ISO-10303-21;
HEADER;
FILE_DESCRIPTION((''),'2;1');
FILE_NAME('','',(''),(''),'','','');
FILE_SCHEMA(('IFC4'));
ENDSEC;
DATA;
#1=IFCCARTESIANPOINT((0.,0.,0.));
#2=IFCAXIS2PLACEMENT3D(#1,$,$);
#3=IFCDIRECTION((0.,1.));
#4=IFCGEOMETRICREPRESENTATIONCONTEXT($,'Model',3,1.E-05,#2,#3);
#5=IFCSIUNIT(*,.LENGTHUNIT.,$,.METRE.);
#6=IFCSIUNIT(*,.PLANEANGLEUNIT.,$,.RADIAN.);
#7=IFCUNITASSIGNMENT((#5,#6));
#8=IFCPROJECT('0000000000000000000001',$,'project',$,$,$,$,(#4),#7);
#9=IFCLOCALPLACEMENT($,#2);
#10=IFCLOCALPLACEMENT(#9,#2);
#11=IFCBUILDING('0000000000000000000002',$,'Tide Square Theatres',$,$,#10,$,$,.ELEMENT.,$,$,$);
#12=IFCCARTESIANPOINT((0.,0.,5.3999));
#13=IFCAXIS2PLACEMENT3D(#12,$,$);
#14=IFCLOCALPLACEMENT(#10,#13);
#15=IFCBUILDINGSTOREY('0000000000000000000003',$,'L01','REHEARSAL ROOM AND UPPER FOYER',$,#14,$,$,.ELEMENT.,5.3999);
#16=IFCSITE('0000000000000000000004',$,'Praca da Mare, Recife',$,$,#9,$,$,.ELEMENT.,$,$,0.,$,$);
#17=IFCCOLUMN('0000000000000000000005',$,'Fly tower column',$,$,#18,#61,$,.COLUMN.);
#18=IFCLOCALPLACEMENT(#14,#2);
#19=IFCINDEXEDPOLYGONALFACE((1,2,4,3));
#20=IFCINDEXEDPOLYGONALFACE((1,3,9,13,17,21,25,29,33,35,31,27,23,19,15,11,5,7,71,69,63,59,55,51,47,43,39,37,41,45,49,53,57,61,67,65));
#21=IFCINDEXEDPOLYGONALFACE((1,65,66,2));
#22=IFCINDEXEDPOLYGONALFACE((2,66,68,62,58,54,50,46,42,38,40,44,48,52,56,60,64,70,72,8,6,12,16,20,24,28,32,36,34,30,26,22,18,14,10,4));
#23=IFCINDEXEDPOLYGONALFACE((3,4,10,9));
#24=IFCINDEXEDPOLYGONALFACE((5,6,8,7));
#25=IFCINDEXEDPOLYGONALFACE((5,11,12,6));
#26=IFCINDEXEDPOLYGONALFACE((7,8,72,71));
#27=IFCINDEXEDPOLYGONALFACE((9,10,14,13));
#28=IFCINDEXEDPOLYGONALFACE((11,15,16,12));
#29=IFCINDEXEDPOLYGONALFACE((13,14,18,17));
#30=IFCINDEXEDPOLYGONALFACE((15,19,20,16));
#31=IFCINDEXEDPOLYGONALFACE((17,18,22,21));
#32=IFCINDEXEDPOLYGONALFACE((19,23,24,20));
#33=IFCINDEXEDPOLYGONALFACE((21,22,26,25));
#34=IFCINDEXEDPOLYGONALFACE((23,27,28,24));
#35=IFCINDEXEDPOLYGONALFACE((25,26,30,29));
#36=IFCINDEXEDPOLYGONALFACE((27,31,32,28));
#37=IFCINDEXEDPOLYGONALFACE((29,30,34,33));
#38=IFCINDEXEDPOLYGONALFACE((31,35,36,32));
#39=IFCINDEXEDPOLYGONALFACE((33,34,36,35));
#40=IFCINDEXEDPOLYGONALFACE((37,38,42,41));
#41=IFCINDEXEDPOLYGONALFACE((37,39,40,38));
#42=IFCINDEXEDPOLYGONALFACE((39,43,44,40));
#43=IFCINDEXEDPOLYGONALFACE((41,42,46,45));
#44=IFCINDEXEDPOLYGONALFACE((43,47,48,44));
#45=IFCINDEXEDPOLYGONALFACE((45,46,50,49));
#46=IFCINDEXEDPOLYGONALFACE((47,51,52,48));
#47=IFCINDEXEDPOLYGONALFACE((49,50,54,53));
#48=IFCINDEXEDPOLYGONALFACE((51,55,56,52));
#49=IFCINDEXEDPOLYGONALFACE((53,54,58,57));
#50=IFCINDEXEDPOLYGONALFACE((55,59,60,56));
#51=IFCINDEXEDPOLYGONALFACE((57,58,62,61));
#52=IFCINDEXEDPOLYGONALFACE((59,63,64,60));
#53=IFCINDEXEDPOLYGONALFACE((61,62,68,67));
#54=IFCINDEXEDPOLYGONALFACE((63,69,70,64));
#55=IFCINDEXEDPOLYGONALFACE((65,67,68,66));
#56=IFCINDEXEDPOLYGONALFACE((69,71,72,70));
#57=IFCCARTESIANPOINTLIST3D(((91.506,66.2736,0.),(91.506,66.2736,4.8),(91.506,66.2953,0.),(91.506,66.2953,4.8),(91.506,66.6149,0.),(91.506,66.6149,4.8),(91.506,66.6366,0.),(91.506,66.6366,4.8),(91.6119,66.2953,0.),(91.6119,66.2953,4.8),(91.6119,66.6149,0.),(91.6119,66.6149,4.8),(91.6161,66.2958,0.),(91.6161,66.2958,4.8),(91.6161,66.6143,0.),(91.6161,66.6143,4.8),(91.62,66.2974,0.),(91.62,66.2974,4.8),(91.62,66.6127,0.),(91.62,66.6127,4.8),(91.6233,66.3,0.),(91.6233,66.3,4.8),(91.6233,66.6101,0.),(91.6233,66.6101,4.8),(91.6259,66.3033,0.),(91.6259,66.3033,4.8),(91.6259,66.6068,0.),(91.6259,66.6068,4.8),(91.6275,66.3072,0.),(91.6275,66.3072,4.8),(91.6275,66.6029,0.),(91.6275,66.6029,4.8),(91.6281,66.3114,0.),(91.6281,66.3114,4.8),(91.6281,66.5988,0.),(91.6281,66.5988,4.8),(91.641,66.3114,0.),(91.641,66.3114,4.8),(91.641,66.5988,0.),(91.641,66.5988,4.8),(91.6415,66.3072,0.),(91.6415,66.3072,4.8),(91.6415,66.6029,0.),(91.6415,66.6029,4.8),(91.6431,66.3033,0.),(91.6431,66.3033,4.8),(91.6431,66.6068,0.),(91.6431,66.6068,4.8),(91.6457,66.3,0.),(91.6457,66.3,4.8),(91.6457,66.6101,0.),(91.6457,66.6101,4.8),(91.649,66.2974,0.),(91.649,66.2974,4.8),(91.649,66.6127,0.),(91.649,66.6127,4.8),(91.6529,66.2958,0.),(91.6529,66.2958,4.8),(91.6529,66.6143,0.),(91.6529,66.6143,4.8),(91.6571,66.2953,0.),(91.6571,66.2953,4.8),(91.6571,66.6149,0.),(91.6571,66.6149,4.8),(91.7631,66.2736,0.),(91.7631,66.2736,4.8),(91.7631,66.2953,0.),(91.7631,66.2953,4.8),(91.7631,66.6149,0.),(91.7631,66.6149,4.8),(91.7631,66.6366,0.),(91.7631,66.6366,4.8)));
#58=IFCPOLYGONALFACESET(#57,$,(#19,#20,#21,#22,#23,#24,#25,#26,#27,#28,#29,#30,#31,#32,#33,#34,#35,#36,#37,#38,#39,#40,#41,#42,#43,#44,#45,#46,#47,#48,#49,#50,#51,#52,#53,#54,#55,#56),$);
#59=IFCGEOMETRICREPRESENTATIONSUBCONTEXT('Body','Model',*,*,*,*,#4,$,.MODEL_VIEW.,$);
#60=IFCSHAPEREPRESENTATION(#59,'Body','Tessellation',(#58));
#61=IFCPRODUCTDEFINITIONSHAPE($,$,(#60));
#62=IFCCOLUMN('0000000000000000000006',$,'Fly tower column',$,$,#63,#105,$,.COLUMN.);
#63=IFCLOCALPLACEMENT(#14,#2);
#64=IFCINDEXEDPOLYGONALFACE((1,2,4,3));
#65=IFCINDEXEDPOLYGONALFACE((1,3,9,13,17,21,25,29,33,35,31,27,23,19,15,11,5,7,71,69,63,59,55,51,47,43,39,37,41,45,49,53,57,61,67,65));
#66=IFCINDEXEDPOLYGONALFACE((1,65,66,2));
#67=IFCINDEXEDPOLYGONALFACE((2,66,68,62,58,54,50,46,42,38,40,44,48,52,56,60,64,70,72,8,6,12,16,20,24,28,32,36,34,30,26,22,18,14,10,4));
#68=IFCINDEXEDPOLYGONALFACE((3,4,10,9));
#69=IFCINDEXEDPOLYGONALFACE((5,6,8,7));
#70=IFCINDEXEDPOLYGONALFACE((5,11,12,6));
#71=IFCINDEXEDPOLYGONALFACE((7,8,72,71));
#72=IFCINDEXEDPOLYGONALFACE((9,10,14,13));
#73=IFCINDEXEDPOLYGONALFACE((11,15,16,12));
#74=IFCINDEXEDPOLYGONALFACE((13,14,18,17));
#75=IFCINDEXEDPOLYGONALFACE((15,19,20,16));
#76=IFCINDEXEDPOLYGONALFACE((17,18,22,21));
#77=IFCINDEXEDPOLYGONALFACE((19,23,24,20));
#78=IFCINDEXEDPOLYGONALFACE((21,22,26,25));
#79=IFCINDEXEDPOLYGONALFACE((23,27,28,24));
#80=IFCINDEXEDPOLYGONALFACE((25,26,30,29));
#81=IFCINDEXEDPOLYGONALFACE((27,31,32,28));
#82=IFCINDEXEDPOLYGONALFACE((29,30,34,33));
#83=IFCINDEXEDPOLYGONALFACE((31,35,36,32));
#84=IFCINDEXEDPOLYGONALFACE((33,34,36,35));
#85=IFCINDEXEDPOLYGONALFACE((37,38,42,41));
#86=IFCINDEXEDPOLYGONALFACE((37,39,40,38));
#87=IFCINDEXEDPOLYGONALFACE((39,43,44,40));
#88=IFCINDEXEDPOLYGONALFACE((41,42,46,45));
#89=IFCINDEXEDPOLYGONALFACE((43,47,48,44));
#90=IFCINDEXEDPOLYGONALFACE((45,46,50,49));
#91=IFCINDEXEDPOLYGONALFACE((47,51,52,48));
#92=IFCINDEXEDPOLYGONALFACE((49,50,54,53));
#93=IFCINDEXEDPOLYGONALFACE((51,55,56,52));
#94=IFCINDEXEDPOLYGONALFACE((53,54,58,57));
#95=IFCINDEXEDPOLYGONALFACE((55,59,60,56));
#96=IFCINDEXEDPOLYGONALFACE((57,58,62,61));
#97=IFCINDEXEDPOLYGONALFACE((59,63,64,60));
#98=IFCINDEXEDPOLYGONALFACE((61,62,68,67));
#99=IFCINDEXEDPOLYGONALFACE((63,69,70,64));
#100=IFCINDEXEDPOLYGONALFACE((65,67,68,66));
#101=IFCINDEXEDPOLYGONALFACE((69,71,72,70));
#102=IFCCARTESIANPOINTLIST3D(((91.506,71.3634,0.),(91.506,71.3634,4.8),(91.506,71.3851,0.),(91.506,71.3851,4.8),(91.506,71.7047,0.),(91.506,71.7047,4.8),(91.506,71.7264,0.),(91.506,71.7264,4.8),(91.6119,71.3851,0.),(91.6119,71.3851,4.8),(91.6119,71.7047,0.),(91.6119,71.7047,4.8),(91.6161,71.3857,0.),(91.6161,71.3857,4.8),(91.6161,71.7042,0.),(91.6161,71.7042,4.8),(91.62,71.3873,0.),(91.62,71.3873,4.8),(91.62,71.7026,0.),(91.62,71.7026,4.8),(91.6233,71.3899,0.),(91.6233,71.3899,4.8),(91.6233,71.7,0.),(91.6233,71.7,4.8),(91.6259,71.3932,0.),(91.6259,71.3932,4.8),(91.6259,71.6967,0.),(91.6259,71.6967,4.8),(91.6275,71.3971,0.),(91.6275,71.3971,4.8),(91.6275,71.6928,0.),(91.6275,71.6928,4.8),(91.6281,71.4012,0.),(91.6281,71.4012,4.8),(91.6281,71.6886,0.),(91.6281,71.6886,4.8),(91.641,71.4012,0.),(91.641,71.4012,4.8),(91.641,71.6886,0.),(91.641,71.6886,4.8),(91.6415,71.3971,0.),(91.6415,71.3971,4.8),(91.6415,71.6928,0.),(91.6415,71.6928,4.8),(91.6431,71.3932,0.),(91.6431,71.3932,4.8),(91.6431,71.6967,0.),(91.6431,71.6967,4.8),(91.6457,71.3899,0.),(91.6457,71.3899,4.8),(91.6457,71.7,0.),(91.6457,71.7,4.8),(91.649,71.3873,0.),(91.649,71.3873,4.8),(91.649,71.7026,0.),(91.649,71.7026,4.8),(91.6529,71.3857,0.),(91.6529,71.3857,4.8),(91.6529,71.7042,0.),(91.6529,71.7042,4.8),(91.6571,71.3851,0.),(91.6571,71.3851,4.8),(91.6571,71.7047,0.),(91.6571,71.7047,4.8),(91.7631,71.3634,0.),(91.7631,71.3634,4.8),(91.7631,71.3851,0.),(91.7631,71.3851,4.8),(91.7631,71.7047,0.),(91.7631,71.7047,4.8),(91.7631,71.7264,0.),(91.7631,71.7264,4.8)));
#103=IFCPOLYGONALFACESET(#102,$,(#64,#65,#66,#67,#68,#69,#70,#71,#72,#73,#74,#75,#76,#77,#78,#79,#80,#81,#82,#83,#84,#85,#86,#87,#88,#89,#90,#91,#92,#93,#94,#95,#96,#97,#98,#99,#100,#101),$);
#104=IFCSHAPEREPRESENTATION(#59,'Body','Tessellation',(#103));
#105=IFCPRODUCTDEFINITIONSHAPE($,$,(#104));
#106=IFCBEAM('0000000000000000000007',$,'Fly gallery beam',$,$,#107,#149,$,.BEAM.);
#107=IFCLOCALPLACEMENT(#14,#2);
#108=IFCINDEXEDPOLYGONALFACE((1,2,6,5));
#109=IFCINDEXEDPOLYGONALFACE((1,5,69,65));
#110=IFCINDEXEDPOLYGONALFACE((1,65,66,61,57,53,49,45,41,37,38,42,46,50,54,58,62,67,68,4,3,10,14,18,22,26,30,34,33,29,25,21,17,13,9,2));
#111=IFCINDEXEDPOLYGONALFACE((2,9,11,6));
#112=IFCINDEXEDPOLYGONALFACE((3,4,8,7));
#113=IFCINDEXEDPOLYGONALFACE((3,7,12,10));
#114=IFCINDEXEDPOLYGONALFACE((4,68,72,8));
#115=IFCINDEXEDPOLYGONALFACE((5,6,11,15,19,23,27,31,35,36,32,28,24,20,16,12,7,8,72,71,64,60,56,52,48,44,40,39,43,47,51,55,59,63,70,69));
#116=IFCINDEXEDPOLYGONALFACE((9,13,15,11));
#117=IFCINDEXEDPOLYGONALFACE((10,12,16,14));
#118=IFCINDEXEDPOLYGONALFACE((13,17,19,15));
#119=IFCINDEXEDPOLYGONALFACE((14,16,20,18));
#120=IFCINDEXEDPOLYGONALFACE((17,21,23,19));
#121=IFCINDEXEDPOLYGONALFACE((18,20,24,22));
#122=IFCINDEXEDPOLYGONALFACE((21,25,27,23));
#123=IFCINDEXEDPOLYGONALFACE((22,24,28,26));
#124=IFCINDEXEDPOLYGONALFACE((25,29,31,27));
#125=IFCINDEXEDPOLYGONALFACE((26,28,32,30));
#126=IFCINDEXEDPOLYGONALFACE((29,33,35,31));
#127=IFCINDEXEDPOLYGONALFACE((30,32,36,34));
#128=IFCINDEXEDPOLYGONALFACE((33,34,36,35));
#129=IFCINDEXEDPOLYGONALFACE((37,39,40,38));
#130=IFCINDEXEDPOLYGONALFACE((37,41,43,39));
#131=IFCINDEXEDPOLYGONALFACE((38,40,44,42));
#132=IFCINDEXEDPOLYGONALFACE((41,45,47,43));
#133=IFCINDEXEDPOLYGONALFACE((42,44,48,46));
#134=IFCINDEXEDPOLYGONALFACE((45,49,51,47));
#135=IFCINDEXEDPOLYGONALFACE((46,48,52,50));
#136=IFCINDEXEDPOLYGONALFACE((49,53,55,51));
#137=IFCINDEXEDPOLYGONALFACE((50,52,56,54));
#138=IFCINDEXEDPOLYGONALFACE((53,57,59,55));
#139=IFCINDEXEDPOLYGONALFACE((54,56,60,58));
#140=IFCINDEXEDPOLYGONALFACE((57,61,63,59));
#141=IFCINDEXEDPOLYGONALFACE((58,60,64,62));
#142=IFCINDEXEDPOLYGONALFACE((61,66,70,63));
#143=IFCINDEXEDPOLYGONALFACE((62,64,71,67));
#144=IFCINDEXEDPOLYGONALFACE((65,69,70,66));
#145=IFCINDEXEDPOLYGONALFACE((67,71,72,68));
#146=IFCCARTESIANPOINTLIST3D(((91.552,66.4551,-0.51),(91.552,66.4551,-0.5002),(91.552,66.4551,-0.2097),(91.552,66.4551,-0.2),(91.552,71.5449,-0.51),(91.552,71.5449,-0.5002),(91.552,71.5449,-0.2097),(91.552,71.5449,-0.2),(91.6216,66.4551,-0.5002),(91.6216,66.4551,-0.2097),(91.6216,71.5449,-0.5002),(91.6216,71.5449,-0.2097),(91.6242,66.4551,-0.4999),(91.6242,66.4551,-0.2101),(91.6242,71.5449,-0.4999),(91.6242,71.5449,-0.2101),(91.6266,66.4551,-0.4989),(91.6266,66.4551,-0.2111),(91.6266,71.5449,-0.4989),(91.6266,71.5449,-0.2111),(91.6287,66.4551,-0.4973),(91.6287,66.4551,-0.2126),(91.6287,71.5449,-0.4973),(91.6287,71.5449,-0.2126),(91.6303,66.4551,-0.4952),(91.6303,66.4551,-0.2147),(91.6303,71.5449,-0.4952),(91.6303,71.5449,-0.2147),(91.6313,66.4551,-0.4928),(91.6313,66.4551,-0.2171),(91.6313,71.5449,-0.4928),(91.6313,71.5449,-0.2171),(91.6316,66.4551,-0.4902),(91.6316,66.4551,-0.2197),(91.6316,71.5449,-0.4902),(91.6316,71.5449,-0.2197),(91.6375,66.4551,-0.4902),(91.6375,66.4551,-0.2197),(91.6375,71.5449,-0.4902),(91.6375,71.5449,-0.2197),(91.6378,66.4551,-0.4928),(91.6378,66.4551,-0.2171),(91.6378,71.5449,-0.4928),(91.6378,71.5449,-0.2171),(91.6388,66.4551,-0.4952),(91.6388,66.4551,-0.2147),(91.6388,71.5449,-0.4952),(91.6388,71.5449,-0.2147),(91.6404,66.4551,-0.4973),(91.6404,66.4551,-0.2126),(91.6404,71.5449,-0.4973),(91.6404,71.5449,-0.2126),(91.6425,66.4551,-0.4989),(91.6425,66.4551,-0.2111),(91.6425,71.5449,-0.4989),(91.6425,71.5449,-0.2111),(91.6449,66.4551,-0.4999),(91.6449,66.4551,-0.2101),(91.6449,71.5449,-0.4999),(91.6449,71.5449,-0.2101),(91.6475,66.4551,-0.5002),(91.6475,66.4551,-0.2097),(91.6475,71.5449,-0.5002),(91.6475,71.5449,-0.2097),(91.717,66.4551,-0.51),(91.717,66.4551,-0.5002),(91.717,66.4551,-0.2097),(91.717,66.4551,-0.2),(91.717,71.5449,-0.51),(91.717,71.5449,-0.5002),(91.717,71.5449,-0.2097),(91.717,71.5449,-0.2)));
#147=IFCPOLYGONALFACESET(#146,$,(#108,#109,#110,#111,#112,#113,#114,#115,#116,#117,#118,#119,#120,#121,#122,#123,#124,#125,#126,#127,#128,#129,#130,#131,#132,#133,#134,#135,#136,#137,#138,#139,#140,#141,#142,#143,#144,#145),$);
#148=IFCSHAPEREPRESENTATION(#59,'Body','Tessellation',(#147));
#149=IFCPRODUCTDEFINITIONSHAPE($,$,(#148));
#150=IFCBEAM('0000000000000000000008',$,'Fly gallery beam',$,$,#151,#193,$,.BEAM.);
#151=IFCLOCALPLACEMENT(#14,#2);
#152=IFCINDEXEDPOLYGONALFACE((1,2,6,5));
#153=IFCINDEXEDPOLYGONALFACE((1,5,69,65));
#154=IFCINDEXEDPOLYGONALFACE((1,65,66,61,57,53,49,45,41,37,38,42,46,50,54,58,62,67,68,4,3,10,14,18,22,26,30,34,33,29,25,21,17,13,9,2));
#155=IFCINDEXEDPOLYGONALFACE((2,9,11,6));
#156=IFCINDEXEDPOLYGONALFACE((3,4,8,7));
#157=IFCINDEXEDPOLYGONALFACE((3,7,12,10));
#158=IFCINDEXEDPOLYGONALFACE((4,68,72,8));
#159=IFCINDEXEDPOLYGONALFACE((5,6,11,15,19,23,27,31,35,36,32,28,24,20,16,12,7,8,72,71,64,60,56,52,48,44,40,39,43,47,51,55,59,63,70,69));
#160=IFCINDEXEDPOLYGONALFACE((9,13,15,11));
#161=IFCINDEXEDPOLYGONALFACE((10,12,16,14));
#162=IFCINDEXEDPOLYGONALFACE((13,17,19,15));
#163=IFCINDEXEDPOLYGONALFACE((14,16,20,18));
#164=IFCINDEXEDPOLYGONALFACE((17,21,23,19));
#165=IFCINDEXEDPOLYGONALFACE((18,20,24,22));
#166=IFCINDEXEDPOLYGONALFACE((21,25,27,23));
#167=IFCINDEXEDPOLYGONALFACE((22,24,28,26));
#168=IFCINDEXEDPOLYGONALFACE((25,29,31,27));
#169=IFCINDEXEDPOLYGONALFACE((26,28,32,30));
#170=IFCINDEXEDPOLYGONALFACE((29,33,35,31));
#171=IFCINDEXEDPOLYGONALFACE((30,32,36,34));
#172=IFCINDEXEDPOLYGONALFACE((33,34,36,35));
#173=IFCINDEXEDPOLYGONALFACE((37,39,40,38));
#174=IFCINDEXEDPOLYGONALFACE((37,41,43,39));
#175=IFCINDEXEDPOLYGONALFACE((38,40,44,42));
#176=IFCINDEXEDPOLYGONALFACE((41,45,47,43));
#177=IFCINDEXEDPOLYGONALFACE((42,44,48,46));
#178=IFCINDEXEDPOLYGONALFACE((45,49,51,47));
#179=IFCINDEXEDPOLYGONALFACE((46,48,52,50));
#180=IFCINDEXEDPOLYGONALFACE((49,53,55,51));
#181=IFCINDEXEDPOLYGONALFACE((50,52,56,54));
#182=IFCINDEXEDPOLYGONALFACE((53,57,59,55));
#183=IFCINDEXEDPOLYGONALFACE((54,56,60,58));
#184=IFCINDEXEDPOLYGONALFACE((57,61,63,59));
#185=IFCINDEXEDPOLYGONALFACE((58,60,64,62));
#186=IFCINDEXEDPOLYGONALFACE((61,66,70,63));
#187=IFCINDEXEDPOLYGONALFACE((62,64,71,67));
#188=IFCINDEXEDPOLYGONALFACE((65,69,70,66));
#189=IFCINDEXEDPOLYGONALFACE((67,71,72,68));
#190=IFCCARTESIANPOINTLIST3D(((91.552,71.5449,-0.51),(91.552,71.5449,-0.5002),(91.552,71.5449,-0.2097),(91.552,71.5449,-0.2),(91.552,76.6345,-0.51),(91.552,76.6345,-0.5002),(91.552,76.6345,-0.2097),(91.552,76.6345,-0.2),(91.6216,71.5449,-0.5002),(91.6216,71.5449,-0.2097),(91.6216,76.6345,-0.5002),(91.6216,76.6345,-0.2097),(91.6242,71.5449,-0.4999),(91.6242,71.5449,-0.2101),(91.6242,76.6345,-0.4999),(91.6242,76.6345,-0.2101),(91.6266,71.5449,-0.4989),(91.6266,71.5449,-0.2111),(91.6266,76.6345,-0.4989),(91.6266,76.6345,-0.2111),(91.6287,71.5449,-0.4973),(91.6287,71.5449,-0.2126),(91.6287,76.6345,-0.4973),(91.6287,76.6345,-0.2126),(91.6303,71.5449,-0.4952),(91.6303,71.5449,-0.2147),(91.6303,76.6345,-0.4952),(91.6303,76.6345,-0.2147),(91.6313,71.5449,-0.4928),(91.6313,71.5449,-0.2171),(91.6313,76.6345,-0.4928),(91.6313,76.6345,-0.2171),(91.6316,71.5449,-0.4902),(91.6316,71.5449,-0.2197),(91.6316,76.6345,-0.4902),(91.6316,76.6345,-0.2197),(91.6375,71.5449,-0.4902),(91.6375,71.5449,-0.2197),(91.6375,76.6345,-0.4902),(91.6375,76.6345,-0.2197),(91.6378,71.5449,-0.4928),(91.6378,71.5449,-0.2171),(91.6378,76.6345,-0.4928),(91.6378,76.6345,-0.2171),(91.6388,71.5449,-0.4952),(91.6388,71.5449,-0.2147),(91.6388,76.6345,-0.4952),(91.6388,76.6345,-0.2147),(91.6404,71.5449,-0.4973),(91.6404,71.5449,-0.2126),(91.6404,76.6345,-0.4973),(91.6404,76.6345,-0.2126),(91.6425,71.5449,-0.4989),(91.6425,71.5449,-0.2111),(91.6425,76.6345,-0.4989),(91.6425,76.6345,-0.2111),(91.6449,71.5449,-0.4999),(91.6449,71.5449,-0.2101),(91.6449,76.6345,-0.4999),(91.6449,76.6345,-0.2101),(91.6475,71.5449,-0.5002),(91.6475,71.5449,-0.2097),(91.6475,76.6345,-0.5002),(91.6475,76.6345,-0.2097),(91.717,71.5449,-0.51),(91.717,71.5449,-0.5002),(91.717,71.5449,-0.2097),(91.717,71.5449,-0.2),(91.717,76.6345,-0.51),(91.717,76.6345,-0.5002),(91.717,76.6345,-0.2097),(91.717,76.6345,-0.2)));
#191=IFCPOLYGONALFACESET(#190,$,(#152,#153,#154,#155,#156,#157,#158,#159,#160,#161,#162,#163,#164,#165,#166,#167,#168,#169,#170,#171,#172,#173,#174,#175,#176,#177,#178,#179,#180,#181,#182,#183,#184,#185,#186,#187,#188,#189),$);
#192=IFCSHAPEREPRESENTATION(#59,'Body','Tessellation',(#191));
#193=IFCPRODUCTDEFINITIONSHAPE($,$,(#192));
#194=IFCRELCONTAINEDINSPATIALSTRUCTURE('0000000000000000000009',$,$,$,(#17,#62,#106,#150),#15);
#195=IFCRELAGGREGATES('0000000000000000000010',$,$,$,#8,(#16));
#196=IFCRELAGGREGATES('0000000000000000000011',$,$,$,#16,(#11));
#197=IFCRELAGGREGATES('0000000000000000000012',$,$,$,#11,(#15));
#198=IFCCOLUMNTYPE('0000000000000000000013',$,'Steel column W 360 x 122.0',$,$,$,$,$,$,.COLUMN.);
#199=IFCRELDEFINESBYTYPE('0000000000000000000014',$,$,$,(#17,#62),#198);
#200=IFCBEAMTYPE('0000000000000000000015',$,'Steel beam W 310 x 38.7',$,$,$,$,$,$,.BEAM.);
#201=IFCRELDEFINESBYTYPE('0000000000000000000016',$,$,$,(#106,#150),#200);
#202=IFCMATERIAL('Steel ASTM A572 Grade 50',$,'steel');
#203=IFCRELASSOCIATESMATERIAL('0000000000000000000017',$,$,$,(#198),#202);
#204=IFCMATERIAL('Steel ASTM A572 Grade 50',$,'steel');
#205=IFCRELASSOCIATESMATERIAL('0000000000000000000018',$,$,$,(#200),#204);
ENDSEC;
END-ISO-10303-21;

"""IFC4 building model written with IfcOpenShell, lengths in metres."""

from ifc_helpers import new_model, si_unit, direction, frame, origin, origin_2d, place, context, subcontext, project, spatial, i_section, extrude, material, material_profile, profile_set, type_object, element, save


model = new_model("IFC4")

# Units and contexts
model_context = context("Model", 3, precision=1e-05, world=origin(), true_north=direction((0.0, 1.0)))
body_context = subcontext(model_context, "Body", "Model", "MODEL_VIEW")
ifc_project = project(units=[si_unit("LENGTHUNIT", "METRE"), si_unit("PLANEANGLEUNIT", "RADIAN")], contexts=[model_context])

# Site, building, storey
site_placement = place(None, origin())
site = spatial("IfcSite", under=ifc_project, at=site_placement, Name="Praca da Mare, Recife", CompositionType="ELEMENT", RefElevation=0.0)
building_placement = place(site_placement, origin())
building = spatial("IfcBuilding", under=site, at=building_placement, Name="Tide Square Theatres", CompositionType="ELEMENT")
storey_placement = place(building_placement, frame((0.0, 0.0, 5.3999)))
storey = spatial("IfcBuildingStorey", under=building, at=storey_placement, Name="L01", Description="REHEARSAL ROOM AND UPPER FOYER", CompositionType="ELEMENT", Elevation=5.3999)

# Columns
ifc_material_1 = material(Name="Steel ASTM A572 Grade 50", Category="steel")
ifc_material_profile_1 = material_profile(ifc_material_1, i_section(OverallWidth=0.2571, OverallDepth=0.363, WebThickness=0.0129, FlangeThickness=0.0217, FilletRadius=0.0161, at=origin_2d()))
ifc_profile_set_1 = profile_set([ifc_material_profile_1], Name="Steel ASTM A572 Grade 50")
column_type_1 = type_object("IfcColumnType", Name="Steel column W 360 x 122.0", PredefinedType="COLUMN", material=ifc_profile_set_1)
for number, where, z_axis, x_axis, name in (
    (1, (91.6345, 66.4551, 0.0), (0.0, 0.0, 1.0), (1.0, 0.0, 0.0), "Fly tower column"),
    (2, (91.6345, 71.5449, 0.0), (0.0, 0.0, 1.0), (1.0, 0.0, 0.0), "Fly tower column"),
):
    element("IfcColumn", number, at=place(storey_placement, frame(where, z_axis=z_axis, x_axis=x_axis)), inside=storey, type_object=column_type_1, Name=name, PredefinedType="COLUMN", context=body_context, shape_type="SweptSolid", body=[
        extrude(i_section(OverallWidth=0.2571, OverallDepth=0.363, WebThickness=0.0129, FlangeThickness=0.0217, FilletRadius=0.0161, at=origin_2d()), origin(), (0.0, 0.0, 1.0), 4.8),
    ])

# Beams
ifc_material_2 = material(Name="Steel ASTM A572 Grade 50", Category="steel")
ifc_material_profile_2 = material_profile(ifc_material_2, i_section(OverallWidth=0.165, OverallDepth=0.3101, WebThickness=0.0059, FlangeThickness=0.0098, FilletRadius=0.01, at=origin_2d()))
ifc_profile_set_2 = profile_set([ifc_material_profile_2], Name="Steel ASTM A572 Grade 50")
beam_type = type_object("IfcBeamType", Name="Steel beam W 310 x 38.7", PredefinedType="BEAM", material=ifc_profile_set_2)
beam_1_placement = place(storey_placement, frame((91.6345, 66.4551, -0.355), z_axis=(0.0, 1.0, 0.0), x_axis=(-1.0, 0.0, 0.0)))
element("IfcBeam", 3, at=beam_1_placement, inside=storey, type_object=beam_type, Name="Fly gallery beam", PredefinedType="BEAM", context=body_context, shape_type="SweptSolid", body=[
    extrude(i_section(OverallWidth=0.165, OverallDepth=0.3101, WebThickness=0.0059, FlangeThickness=0.0098, FilletRadius=0.01, at=origin_2d()), origin(), (0.0, 0.0, 1.0), 5.0898),
])
beam_2_placement = place(storey_placement, frame((91.6345, 71.5449, -0.355), z_axis=(0.0, 1.0, 0.0), x_axis=(-1.0, 0.0, 0.0)))
element("IfcBeam", 4, at=beam_2_placement, inside=storey, type_object=beam_type, Name="Fly gallery beam", PredefinedType="BEAM", context=body_context, shape_type="SweptSolid", body=[
    extrude(i_section(OverallWidth=0.165, OverallDepth=0.3101, WebThickness=0.0059, FlangeThickness=0.0098, FilletRadius=0.01, at=origin_2d()), origin(), (0.0, 0.0, 1.0), 5.0896),
])

save(model, "model.ifc")
